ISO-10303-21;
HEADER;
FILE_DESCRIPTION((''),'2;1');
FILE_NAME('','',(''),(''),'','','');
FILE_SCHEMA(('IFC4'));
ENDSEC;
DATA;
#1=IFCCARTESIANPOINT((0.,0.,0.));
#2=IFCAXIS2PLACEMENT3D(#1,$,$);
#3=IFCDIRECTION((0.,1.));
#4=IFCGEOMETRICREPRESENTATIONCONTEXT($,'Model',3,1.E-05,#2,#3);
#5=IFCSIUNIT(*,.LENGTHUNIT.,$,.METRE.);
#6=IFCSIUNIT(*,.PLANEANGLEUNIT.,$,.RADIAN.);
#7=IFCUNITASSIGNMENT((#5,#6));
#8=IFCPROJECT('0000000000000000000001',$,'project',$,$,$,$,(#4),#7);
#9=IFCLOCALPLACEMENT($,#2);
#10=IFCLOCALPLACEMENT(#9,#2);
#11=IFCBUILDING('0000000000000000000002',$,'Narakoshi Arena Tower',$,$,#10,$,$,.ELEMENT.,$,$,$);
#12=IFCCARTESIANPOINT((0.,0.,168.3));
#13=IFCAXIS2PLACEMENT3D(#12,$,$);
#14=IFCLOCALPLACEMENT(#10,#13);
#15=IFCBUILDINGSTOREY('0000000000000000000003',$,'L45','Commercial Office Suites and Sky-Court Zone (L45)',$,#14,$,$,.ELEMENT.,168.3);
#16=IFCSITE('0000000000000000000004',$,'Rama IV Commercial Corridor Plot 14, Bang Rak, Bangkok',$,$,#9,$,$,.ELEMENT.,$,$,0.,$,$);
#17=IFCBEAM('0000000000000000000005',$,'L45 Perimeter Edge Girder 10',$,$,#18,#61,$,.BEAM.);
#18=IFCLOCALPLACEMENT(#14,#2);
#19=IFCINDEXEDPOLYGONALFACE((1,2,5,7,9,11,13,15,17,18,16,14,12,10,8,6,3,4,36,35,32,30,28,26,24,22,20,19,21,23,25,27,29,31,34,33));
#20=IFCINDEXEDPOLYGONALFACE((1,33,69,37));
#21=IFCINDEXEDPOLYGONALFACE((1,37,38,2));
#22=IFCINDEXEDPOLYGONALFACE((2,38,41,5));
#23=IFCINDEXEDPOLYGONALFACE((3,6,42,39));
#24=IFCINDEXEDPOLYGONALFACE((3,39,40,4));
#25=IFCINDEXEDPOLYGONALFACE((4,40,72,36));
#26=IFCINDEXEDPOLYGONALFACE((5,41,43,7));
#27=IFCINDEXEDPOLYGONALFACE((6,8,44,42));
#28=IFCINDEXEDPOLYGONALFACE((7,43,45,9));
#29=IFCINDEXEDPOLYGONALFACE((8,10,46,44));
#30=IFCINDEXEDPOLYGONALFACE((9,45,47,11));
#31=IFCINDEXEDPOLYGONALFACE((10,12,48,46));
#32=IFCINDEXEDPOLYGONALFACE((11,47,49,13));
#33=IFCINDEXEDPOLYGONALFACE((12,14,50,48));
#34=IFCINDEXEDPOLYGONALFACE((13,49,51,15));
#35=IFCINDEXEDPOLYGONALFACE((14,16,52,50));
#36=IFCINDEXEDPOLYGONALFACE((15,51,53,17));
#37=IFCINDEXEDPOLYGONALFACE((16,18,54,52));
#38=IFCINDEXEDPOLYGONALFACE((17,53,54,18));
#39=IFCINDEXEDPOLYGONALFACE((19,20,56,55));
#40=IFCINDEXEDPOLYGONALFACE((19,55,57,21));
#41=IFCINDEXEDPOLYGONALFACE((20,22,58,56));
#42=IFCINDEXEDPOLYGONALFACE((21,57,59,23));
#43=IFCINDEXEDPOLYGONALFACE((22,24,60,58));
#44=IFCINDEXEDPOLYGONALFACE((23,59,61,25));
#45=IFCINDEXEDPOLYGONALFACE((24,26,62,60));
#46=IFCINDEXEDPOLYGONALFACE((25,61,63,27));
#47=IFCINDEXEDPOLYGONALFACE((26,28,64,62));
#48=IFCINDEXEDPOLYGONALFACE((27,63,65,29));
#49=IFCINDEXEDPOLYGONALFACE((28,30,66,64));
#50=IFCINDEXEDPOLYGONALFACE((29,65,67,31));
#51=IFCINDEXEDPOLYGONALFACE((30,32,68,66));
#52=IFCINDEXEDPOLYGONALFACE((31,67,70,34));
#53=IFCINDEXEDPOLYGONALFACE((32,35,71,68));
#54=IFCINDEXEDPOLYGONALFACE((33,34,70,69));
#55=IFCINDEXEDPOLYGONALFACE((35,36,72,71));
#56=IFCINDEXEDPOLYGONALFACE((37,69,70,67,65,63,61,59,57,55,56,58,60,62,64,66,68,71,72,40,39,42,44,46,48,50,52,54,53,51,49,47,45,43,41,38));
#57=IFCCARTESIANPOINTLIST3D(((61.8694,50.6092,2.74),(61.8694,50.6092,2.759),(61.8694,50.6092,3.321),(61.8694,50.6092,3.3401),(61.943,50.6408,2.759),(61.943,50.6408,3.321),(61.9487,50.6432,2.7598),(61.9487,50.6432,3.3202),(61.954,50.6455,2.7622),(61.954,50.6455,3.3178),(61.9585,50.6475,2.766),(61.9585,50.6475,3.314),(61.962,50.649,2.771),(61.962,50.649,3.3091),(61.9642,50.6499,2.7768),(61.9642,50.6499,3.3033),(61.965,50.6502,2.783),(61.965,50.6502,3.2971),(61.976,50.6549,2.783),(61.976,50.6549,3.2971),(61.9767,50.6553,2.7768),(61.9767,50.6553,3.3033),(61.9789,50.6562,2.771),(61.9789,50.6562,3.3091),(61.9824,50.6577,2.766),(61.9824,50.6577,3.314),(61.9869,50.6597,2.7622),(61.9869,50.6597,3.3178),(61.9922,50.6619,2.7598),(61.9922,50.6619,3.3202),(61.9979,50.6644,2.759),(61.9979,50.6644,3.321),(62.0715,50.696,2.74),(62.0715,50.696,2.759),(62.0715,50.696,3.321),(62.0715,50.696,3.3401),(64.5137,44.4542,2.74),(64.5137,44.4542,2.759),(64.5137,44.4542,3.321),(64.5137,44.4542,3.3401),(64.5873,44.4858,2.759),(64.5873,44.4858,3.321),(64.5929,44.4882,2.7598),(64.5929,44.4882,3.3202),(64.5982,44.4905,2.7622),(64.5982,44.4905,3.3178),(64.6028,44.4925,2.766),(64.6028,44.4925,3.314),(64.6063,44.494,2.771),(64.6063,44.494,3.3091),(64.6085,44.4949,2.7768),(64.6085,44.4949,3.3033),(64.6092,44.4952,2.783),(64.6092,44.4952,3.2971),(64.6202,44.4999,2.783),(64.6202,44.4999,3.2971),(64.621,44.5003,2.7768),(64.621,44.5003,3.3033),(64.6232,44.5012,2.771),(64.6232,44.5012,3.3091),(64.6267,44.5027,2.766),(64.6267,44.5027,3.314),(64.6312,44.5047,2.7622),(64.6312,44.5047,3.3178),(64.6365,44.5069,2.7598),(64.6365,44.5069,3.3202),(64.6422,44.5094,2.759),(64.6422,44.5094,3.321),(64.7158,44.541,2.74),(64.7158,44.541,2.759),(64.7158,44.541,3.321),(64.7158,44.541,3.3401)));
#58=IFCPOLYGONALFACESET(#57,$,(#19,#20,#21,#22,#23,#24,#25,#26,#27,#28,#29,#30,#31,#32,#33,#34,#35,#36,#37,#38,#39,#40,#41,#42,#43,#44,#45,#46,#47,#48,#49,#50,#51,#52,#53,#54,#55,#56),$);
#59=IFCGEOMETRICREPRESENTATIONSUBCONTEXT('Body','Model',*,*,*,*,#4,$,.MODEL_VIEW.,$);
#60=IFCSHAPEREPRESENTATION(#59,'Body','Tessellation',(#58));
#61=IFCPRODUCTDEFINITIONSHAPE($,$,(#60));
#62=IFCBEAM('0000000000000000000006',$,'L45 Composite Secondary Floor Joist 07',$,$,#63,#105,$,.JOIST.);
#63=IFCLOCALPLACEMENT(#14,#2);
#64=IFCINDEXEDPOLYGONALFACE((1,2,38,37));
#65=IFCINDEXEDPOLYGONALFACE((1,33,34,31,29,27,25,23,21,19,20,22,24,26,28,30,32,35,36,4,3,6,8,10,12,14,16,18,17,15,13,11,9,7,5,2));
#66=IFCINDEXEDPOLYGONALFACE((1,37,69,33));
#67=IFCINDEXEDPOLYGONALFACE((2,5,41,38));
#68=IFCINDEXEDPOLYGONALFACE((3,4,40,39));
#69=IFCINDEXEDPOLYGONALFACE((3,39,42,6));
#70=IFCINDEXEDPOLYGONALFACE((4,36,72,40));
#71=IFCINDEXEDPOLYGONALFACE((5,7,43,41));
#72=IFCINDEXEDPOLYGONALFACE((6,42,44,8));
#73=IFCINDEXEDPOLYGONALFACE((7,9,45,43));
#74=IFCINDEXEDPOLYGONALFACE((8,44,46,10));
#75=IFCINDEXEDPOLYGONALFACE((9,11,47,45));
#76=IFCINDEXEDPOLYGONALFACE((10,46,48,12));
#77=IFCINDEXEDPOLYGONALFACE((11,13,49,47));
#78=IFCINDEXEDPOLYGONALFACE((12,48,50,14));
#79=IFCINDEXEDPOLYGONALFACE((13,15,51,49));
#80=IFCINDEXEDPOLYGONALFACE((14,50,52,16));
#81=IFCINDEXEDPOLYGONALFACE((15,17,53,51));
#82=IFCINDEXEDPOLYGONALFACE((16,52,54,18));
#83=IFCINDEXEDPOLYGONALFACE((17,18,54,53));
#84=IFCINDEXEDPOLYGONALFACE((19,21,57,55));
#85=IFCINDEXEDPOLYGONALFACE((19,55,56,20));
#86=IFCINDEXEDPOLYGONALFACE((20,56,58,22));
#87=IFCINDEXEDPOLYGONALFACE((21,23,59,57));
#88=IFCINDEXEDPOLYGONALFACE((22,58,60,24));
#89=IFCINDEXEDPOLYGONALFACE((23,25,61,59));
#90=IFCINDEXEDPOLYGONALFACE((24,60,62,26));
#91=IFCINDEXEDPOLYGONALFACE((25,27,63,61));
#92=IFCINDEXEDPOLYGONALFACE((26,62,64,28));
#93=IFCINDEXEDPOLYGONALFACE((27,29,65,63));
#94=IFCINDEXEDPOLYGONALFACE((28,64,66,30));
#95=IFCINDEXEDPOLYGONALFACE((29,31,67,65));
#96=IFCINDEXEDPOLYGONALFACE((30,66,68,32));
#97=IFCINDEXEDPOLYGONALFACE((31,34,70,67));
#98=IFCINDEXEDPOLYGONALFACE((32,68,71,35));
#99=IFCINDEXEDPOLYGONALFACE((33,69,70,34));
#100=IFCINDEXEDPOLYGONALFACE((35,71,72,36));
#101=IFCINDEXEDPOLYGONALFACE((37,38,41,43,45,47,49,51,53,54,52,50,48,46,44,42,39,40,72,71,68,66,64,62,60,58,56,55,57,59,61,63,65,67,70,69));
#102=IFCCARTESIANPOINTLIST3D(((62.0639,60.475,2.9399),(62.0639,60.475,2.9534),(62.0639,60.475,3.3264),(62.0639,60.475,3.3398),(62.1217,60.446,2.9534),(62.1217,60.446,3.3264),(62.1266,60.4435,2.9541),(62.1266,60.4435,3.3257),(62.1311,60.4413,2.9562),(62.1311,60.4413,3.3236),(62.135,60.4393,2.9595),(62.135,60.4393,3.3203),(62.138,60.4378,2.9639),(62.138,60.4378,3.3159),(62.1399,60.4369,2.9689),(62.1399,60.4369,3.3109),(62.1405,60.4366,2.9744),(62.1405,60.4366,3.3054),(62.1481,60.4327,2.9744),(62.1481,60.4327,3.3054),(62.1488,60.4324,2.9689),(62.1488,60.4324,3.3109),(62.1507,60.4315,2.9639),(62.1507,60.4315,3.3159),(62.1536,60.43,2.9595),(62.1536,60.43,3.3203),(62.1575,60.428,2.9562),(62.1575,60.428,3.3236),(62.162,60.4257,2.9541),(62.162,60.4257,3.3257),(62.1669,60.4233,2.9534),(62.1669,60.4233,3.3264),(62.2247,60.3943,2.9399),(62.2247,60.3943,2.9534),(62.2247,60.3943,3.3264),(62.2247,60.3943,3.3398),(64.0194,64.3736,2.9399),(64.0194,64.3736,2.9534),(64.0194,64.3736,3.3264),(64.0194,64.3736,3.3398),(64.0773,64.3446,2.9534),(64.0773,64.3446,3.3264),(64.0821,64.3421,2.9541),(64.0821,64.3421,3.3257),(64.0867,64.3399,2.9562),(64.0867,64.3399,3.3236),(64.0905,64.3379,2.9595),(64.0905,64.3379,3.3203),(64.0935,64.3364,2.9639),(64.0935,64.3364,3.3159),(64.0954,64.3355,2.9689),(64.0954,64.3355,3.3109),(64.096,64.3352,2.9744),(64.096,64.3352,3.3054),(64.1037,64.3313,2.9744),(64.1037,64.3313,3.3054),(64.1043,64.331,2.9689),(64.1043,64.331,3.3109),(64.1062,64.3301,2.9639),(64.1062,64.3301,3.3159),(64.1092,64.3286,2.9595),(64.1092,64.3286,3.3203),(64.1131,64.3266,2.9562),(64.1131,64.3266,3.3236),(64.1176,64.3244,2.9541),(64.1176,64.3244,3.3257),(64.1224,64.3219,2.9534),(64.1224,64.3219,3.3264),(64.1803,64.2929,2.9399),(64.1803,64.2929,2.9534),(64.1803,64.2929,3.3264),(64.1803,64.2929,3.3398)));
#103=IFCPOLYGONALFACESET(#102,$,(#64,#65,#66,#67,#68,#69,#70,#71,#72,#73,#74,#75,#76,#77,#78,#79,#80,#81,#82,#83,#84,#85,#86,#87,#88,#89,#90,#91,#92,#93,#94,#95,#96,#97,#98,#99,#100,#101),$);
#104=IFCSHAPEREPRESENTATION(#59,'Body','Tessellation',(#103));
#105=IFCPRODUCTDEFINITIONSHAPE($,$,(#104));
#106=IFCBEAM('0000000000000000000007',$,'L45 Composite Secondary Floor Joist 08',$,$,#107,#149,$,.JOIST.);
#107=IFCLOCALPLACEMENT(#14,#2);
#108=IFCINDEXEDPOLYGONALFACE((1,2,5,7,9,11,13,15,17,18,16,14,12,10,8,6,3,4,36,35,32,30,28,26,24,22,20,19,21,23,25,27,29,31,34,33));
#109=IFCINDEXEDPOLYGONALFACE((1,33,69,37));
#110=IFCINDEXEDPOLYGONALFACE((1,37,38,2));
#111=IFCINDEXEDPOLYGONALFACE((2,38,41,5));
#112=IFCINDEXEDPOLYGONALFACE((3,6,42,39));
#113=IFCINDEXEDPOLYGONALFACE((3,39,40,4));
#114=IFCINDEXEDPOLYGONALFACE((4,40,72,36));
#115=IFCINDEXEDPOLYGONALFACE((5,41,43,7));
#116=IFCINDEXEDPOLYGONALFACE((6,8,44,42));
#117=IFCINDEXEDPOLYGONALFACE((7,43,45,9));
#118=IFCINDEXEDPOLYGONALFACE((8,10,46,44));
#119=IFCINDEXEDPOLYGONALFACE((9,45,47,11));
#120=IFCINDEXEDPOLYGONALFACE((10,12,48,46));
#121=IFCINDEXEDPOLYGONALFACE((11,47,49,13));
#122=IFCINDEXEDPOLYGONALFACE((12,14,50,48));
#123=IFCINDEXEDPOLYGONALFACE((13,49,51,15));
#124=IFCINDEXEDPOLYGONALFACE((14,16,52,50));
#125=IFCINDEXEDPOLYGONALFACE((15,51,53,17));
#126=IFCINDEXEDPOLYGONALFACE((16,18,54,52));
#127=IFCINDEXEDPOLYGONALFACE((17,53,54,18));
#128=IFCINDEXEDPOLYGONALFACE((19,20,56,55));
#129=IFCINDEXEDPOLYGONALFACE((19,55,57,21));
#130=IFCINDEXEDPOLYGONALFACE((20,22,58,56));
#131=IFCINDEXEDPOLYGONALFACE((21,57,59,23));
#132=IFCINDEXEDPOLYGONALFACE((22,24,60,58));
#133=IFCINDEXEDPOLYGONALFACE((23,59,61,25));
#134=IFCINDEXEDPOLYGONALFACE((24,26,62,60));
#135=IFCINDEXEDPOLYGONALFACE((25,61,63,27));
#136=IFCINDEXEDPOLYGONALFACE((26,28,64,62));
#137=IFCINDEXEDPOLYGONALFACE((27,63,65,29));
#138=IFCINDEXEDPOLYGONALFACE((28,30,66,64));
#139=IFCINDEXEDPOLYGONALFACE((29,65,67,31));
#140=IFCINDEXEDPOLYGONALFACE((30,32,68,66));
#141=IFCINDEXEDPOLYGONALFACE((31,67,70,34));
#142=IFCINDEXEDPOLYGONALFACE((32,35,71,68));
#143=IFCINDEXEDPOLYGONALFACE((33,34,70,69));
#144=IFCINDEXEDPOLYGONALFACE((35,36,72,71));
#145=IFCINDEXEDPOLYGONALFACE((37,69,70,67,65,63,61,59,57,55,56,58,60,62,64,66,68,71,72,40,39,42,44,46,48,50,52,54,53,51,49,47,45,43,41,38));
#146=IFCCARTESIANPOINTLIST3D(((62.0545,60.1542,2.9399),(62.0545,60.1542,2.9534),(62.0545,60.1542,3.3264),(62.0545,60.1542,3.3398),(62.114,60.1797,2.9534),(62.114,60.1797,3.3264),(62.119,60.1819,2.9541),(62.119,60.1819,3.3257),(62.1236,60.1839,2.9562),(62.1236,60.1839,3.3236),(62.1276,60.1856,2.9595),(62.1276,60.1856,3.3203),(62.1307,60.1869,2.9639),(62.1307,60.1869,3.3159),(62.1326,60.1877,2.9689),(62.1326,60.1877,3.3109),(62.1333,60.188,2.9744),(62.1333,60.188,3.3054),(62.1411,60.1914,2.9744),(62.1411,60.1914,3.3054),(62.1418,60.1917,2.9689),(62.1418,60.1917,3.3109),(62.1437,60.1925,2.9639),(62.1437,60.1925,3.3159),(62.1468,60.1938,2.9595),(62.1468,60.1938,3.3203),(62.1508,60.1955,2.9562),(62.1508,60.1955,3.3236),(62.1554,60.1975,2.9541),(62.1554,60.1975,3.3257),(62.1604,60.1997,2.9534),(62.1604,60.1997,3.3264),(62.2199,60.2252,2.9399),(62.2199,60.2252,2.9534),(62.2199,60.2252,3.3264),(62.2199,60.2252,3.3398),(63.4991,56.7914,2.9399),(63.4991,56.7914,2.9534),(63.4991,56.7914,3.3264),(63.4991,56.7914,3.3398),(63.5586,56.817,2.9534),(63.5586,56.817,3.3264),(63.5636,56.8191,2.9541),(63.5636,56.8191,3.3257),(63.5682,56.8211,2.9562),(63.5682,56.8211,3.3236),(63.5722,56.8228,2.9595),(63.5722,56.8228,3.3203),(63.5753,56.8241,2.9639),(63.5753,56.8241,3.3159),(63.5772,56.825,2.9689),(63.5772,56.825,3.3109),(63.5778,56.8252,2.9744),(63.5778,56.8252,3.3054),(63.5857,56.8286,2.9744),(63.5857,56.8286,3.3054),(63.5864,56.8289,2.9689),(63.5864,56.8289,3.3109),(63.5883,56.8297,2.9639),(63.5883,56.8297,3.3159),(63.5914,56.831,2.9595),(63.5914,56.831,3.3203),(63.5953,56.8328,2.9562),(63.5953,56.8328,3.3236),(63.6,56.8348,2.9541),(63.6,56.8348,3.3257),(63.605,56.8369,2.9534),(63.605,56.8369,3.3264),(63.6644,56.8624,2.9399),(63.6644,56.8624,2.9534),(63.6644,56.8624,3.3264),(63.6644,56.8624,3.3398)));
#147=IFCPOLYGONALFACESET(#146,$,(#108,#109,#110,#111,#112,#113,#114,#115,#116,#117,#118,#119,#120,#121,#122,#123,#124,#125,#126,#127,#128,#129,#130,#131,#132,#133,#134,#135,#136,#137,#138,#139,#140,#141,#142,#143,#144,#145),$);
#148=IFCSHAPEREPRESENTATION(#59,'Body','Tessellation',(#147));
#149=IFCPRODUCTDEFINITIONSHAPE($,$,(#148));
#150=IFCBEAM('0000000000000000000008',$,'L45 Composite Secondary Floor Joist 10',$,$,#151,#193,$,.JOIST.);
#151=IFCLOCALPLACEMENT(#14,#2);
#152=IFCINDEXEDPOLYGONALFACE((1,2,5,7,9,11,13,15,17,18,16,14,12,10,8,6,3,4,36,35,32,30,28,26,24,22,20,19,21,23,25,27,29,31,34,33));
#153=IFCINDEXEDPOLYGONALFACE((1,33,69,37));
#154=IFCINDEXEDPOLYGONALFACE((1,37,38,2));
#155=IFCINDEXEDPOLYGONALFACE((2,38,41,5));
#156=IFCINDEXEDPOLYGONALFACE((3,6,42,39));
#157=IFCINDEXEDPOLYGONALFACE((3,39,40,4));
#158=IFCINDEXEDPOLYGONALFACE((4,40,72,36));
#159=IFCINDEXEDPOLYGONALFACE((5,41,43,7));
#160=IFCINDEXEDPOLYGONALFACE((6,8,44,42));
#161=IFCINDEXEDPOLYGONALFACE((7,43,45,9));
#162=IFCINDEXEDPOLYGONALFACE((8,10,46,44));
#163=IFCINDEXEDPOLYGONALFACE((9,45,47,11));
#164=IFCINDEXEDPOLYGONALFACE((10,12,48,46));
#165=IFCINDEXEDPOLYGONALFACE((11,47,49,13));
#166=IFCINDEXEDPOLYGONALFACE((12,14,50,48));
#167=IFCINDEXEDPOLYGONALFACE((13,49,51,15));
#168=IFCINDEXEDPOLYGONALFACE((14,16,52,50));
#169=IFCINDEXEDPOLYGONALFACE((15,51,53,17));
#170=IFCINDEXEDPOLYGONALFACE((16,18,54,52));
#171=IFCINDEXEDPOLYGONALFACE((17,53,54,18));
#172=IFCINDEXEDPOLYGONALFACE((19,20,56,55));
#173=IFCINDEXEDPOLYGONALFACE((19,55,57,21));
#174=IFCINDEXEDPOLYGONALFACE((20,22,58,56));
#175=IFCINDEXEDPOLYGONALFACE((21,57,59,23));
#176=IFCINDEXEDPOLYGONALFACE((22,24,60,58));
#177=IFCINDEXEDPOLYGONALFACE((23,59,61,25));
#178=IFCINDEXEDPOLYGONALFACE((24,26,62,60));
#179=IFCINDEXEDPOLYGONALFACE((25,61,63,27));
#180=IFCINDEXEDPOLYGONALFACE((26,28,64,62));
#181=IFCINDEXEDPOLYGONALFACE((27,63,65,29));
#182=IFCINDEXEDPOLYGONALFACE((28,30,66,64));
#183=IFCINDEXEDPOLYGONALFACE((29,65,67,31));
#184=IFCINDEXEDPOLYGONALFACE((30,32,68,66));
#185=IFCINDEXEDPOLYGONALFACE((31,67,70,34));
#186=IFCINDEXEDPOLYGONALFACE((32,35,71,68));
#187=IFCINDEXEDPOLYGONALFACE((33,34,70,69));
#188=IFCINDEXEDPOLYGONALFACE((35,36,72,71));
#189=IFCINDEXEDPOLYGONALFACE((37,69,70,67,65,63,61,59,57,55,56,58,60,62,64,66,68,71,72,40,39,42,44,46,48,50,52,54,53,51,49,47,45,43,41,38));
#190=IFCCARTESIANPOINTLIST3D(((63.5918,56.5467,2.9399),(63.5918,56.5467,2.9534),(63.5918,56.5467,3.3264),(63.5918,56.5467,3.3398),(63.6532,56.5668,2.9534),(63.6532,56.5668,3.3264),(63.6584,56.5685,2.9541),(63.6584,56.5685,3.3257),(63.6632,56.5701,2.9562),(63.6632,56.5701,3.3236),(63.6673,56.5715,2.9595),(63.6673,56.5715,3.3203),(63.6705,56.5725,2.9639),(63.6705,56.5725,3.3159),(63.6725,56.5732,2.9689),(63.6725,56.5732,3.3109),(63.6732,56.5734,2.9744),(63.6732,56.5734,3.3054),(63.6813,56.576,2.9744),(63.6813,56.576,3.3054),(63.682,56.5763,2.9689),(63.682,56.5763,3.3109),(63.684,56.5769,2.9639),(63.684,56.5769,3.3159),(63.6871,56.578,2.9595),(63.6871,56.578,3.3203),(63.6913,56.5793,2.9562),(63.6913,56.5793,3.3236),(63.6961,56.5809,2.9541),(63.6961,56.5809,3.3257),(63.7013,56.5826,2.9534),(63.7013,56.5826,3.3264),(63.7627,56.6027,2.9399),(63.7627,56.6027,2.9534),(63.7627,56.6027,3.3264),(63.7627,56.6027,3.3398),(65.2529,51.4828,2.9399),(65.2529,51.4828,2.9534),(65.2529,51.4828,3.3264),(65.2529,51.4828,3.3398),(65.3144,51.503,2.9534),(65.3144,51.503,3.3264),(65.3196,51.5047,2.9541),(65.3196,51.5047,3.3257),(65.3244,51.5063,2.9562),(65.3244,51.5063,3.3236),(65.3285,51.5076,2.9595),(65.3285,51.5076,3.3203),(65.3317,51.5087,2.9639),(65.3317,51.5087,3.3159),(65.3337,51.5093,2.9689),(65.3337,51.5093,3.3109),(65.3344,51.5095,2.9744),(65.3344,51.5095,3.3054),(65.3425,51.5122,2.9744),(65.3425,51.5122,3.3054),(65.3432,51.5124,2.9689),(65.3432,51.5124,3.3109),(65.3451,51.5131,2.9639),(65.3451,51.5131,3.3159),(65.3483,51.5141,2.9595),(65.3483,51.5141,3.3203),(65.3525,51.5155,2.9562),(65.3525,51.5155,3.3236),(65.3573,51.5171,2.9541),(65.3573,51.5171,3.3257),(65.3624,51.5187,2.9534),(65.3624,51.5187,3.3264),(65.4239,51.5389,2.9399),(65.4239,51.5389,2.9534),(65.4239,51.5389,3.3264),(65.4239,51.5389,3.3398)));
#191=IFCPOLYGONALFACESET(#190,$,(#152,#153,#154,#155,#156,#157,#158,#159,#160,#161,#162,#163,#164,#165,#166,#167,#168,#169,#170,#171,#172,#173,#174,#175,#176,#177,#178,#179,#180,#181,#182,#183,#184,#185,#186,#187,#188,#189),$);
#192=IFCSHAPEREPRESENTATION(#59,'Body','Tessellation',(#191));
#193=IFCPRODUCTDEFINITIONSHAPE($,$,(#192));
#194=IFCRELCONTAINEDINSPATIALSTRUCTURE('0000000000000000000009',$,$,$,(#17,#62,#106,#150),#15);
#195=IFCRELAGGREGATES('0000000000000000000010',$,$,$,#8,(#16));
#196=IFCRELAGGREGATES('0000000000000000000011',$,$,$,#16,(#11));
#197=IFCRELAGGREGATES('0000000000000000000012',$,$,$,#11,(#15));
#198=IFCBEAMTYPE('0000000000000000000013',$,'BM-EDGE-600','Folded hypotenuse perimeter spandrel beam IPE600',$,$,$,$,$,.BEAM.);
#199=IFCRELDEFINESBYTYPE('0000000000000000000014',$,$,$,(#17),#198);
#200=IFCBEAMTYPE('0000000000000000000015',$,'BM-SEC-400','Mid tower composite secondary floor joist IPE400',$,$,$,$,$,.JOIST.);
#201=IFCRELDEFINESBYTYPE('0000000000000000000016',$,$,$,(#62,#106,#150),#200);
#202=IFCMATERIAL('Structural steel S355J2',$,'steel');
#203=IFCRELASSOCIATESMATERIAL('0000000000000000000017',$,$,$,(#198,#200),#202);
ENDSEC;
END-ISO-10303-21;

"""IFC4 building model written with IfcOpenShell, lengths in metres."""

from ifc_helpers import new_model, si_unit, direction, frame, origin, origin_2d, place, context, subcontext, project, spatial, i_section, extrude, material, material_profile, profile_set, type_object, element, save


model = new_model("IFC4")

# Units and contexts
model_context = context("Model", 3, precision=1e-05, world=origin(), true_north=direction((0.0, 1.0)))
body_context = subcontext(model_context, "Body", "Model", "MODEL_VIEW")
ifc_project = project(units=[si_unit("LENGTHUNIT", "METRE"), si_unit("PLANEANGLEUNIT", "RADIAN")], contexts=[model_context])

# Site, building, storey
site_placement = place(None, origin())
site = spatial("IfcSite", under=ifc_project, at=site_placement, Name="Rama IV Commercial Corridor Plot 14, Bang Rak, Bangkok", CompositionType="ELEMENT", RefElevation=0.0)
building_placement = place(site_placement, origin())
building = spatial("IfcBuilding", under=site, at=building_placement, Name="Narakoshi Arena Tower", CompositionType="ELEMENT")
storey_placement = place(building_placement, frame((0.0, 0.0, 168.3)))
storey = spatial("IfcBuildingStorey", under=building, at=storey_placement, Name="L45", Description="Commercial Office Suites and Sky-Court Zone (L45)", CompositionType="ELEMENT", Elevation=168.3)

# Beams
ifc_material_1 = material(Name="Structural steel S355J2", Category="steel")
ifc_material_profile_1 = material_profile(ifc_material_1, i_section(OverallWidth=0.22, OverallDepth=0.6001, WebThickness=0.012, FlangeThickness=0.019, FilletRadius=0.0239, at=origin_2d()), Name="IPE600")
ifc_profile_set_1 = profile_set([ifc_material_profile_1], Name="Structural steel S355J2")
beam_type_1 = type_object("IfcBeamType", Name="BM-EDGE-600", Description="Folded hypotenuse perimeter spandrel beam IPE600", PredefinedType="BEAM", material=ifc_profile_set_1)
beam_1_placement = place(storey_placement, frame((61.9705, 50.6526, 3.04), z_axis=(0.394728, -0.918798, 0.0), x_axis=(0.918798, 0.394728, 0.0)))
element("IfcBeam", 1, at=beam_1_placement, inside=storey, type_object=beam_type_1, Name="L45 Perimeter Edge Girder 10", PredefinedType="BEAM", context=body_context, shape_type="SweptSolid", body=[
    extrude(i_section(OverallWidth=0.22, OverallDepth=0.6001, WebThickness=0.012, FlangeThickness=0.019, FilletRadius=0.0239, at=origin_2d()), origin(), (0.0, 0.0, 1.0), 6.699),
])
ifc_material_profile_2 = material_profile(ifc_material_1, i_section(OverallWidth=0.1799, OverallDepth=0.3999, WebThickness=0.0085, FlangeThickness=0.0134, FilletRadius=0.021, at=origin_2d()), Name="IPE400")
ifc_profile_set_2 = profile_set([ifc_material_profile_2], Name="Structural steel S355J2")
beam_type_2 = type_object("IfcBeamType", Name="BM-SEC-400", Description="Mid tower composite secondary floor joist IPE400", PredefinedType="JOIST", material=ifc_profile_set_2)
beam_2_placement = place(storey_placement, frame((64.0999, 64.3333, 3.1399), z_axis=(-0.448355, -0.893856, 0.0), x_axis=(0.893856, -0.448355, 0.0)))
element("IfcBeam", 2, at=beam_2_placement, inside=storey, type_object=beam_type_2, Name="L45 Composite Secondary Floor Joist 07", PredefinedType="JOIST", context=body_context, shape_type="SweptSolid", body=[
    extrude(i_section(OverallWidth=0.1799, OverallDepth=0.3999, WebThickness=0.0085, FlangeThickness=0.0134, FilletRadius=0.021, at=origin_2d()), origin(), (0.0, 0.0, 1.0), 4.3616),
])
beam_3_placement = place(storey_placement, frame((62.1372, 60.1897, 3.1399), z_axis=(0.3947, -0.91881, 0.0), x_axis=(0.91881, 0.3947, 0.0)))
element("IfcBeam", 3, at=beam_3_placement, inside=storey, type_object=beam_type_2, Name="L45 Composite Secondary Floor Joist 08", PredefinedType="JOIST", context=body_context, shape_type="SweptSolid", body=[
    extrude(i_section(OverallWidth=0.1799, OverallDepth=0.3999, WebThickness=0.0085, FlangeThickness=0.0134, FilletRadius=0.021, at=origin_2d()), origin(), (0.0, 0.0, 1.0), 3.6599),
])
beam_4_placement = place(storey_placement, frame((63.6772, 56.5747, 3.1399), z_axis=(0.311703, -0.95018, 0.0), x_axis=(0.95018, 0.311703, 0.0)))
element("IfcBeam", 4, at=beam_4_placement, inside=storey, type_object=beam_type_2, Name="L45 Composite Secondary Floor Joist 10", PredefinedType="JOIST", context=body_context, shape_type="SweptSolid", body=[
    extrude(i_section(OverallWidth=0.1799, OverallDepth=0.3999, WebThickness=0.0085, FlangeThickness=0.0134, FilletRadius=0.021, at=origin_2d()), origin(), (0.0, 0.0, 1.0), 5.3293),
])

save(model, "model.ifc")
